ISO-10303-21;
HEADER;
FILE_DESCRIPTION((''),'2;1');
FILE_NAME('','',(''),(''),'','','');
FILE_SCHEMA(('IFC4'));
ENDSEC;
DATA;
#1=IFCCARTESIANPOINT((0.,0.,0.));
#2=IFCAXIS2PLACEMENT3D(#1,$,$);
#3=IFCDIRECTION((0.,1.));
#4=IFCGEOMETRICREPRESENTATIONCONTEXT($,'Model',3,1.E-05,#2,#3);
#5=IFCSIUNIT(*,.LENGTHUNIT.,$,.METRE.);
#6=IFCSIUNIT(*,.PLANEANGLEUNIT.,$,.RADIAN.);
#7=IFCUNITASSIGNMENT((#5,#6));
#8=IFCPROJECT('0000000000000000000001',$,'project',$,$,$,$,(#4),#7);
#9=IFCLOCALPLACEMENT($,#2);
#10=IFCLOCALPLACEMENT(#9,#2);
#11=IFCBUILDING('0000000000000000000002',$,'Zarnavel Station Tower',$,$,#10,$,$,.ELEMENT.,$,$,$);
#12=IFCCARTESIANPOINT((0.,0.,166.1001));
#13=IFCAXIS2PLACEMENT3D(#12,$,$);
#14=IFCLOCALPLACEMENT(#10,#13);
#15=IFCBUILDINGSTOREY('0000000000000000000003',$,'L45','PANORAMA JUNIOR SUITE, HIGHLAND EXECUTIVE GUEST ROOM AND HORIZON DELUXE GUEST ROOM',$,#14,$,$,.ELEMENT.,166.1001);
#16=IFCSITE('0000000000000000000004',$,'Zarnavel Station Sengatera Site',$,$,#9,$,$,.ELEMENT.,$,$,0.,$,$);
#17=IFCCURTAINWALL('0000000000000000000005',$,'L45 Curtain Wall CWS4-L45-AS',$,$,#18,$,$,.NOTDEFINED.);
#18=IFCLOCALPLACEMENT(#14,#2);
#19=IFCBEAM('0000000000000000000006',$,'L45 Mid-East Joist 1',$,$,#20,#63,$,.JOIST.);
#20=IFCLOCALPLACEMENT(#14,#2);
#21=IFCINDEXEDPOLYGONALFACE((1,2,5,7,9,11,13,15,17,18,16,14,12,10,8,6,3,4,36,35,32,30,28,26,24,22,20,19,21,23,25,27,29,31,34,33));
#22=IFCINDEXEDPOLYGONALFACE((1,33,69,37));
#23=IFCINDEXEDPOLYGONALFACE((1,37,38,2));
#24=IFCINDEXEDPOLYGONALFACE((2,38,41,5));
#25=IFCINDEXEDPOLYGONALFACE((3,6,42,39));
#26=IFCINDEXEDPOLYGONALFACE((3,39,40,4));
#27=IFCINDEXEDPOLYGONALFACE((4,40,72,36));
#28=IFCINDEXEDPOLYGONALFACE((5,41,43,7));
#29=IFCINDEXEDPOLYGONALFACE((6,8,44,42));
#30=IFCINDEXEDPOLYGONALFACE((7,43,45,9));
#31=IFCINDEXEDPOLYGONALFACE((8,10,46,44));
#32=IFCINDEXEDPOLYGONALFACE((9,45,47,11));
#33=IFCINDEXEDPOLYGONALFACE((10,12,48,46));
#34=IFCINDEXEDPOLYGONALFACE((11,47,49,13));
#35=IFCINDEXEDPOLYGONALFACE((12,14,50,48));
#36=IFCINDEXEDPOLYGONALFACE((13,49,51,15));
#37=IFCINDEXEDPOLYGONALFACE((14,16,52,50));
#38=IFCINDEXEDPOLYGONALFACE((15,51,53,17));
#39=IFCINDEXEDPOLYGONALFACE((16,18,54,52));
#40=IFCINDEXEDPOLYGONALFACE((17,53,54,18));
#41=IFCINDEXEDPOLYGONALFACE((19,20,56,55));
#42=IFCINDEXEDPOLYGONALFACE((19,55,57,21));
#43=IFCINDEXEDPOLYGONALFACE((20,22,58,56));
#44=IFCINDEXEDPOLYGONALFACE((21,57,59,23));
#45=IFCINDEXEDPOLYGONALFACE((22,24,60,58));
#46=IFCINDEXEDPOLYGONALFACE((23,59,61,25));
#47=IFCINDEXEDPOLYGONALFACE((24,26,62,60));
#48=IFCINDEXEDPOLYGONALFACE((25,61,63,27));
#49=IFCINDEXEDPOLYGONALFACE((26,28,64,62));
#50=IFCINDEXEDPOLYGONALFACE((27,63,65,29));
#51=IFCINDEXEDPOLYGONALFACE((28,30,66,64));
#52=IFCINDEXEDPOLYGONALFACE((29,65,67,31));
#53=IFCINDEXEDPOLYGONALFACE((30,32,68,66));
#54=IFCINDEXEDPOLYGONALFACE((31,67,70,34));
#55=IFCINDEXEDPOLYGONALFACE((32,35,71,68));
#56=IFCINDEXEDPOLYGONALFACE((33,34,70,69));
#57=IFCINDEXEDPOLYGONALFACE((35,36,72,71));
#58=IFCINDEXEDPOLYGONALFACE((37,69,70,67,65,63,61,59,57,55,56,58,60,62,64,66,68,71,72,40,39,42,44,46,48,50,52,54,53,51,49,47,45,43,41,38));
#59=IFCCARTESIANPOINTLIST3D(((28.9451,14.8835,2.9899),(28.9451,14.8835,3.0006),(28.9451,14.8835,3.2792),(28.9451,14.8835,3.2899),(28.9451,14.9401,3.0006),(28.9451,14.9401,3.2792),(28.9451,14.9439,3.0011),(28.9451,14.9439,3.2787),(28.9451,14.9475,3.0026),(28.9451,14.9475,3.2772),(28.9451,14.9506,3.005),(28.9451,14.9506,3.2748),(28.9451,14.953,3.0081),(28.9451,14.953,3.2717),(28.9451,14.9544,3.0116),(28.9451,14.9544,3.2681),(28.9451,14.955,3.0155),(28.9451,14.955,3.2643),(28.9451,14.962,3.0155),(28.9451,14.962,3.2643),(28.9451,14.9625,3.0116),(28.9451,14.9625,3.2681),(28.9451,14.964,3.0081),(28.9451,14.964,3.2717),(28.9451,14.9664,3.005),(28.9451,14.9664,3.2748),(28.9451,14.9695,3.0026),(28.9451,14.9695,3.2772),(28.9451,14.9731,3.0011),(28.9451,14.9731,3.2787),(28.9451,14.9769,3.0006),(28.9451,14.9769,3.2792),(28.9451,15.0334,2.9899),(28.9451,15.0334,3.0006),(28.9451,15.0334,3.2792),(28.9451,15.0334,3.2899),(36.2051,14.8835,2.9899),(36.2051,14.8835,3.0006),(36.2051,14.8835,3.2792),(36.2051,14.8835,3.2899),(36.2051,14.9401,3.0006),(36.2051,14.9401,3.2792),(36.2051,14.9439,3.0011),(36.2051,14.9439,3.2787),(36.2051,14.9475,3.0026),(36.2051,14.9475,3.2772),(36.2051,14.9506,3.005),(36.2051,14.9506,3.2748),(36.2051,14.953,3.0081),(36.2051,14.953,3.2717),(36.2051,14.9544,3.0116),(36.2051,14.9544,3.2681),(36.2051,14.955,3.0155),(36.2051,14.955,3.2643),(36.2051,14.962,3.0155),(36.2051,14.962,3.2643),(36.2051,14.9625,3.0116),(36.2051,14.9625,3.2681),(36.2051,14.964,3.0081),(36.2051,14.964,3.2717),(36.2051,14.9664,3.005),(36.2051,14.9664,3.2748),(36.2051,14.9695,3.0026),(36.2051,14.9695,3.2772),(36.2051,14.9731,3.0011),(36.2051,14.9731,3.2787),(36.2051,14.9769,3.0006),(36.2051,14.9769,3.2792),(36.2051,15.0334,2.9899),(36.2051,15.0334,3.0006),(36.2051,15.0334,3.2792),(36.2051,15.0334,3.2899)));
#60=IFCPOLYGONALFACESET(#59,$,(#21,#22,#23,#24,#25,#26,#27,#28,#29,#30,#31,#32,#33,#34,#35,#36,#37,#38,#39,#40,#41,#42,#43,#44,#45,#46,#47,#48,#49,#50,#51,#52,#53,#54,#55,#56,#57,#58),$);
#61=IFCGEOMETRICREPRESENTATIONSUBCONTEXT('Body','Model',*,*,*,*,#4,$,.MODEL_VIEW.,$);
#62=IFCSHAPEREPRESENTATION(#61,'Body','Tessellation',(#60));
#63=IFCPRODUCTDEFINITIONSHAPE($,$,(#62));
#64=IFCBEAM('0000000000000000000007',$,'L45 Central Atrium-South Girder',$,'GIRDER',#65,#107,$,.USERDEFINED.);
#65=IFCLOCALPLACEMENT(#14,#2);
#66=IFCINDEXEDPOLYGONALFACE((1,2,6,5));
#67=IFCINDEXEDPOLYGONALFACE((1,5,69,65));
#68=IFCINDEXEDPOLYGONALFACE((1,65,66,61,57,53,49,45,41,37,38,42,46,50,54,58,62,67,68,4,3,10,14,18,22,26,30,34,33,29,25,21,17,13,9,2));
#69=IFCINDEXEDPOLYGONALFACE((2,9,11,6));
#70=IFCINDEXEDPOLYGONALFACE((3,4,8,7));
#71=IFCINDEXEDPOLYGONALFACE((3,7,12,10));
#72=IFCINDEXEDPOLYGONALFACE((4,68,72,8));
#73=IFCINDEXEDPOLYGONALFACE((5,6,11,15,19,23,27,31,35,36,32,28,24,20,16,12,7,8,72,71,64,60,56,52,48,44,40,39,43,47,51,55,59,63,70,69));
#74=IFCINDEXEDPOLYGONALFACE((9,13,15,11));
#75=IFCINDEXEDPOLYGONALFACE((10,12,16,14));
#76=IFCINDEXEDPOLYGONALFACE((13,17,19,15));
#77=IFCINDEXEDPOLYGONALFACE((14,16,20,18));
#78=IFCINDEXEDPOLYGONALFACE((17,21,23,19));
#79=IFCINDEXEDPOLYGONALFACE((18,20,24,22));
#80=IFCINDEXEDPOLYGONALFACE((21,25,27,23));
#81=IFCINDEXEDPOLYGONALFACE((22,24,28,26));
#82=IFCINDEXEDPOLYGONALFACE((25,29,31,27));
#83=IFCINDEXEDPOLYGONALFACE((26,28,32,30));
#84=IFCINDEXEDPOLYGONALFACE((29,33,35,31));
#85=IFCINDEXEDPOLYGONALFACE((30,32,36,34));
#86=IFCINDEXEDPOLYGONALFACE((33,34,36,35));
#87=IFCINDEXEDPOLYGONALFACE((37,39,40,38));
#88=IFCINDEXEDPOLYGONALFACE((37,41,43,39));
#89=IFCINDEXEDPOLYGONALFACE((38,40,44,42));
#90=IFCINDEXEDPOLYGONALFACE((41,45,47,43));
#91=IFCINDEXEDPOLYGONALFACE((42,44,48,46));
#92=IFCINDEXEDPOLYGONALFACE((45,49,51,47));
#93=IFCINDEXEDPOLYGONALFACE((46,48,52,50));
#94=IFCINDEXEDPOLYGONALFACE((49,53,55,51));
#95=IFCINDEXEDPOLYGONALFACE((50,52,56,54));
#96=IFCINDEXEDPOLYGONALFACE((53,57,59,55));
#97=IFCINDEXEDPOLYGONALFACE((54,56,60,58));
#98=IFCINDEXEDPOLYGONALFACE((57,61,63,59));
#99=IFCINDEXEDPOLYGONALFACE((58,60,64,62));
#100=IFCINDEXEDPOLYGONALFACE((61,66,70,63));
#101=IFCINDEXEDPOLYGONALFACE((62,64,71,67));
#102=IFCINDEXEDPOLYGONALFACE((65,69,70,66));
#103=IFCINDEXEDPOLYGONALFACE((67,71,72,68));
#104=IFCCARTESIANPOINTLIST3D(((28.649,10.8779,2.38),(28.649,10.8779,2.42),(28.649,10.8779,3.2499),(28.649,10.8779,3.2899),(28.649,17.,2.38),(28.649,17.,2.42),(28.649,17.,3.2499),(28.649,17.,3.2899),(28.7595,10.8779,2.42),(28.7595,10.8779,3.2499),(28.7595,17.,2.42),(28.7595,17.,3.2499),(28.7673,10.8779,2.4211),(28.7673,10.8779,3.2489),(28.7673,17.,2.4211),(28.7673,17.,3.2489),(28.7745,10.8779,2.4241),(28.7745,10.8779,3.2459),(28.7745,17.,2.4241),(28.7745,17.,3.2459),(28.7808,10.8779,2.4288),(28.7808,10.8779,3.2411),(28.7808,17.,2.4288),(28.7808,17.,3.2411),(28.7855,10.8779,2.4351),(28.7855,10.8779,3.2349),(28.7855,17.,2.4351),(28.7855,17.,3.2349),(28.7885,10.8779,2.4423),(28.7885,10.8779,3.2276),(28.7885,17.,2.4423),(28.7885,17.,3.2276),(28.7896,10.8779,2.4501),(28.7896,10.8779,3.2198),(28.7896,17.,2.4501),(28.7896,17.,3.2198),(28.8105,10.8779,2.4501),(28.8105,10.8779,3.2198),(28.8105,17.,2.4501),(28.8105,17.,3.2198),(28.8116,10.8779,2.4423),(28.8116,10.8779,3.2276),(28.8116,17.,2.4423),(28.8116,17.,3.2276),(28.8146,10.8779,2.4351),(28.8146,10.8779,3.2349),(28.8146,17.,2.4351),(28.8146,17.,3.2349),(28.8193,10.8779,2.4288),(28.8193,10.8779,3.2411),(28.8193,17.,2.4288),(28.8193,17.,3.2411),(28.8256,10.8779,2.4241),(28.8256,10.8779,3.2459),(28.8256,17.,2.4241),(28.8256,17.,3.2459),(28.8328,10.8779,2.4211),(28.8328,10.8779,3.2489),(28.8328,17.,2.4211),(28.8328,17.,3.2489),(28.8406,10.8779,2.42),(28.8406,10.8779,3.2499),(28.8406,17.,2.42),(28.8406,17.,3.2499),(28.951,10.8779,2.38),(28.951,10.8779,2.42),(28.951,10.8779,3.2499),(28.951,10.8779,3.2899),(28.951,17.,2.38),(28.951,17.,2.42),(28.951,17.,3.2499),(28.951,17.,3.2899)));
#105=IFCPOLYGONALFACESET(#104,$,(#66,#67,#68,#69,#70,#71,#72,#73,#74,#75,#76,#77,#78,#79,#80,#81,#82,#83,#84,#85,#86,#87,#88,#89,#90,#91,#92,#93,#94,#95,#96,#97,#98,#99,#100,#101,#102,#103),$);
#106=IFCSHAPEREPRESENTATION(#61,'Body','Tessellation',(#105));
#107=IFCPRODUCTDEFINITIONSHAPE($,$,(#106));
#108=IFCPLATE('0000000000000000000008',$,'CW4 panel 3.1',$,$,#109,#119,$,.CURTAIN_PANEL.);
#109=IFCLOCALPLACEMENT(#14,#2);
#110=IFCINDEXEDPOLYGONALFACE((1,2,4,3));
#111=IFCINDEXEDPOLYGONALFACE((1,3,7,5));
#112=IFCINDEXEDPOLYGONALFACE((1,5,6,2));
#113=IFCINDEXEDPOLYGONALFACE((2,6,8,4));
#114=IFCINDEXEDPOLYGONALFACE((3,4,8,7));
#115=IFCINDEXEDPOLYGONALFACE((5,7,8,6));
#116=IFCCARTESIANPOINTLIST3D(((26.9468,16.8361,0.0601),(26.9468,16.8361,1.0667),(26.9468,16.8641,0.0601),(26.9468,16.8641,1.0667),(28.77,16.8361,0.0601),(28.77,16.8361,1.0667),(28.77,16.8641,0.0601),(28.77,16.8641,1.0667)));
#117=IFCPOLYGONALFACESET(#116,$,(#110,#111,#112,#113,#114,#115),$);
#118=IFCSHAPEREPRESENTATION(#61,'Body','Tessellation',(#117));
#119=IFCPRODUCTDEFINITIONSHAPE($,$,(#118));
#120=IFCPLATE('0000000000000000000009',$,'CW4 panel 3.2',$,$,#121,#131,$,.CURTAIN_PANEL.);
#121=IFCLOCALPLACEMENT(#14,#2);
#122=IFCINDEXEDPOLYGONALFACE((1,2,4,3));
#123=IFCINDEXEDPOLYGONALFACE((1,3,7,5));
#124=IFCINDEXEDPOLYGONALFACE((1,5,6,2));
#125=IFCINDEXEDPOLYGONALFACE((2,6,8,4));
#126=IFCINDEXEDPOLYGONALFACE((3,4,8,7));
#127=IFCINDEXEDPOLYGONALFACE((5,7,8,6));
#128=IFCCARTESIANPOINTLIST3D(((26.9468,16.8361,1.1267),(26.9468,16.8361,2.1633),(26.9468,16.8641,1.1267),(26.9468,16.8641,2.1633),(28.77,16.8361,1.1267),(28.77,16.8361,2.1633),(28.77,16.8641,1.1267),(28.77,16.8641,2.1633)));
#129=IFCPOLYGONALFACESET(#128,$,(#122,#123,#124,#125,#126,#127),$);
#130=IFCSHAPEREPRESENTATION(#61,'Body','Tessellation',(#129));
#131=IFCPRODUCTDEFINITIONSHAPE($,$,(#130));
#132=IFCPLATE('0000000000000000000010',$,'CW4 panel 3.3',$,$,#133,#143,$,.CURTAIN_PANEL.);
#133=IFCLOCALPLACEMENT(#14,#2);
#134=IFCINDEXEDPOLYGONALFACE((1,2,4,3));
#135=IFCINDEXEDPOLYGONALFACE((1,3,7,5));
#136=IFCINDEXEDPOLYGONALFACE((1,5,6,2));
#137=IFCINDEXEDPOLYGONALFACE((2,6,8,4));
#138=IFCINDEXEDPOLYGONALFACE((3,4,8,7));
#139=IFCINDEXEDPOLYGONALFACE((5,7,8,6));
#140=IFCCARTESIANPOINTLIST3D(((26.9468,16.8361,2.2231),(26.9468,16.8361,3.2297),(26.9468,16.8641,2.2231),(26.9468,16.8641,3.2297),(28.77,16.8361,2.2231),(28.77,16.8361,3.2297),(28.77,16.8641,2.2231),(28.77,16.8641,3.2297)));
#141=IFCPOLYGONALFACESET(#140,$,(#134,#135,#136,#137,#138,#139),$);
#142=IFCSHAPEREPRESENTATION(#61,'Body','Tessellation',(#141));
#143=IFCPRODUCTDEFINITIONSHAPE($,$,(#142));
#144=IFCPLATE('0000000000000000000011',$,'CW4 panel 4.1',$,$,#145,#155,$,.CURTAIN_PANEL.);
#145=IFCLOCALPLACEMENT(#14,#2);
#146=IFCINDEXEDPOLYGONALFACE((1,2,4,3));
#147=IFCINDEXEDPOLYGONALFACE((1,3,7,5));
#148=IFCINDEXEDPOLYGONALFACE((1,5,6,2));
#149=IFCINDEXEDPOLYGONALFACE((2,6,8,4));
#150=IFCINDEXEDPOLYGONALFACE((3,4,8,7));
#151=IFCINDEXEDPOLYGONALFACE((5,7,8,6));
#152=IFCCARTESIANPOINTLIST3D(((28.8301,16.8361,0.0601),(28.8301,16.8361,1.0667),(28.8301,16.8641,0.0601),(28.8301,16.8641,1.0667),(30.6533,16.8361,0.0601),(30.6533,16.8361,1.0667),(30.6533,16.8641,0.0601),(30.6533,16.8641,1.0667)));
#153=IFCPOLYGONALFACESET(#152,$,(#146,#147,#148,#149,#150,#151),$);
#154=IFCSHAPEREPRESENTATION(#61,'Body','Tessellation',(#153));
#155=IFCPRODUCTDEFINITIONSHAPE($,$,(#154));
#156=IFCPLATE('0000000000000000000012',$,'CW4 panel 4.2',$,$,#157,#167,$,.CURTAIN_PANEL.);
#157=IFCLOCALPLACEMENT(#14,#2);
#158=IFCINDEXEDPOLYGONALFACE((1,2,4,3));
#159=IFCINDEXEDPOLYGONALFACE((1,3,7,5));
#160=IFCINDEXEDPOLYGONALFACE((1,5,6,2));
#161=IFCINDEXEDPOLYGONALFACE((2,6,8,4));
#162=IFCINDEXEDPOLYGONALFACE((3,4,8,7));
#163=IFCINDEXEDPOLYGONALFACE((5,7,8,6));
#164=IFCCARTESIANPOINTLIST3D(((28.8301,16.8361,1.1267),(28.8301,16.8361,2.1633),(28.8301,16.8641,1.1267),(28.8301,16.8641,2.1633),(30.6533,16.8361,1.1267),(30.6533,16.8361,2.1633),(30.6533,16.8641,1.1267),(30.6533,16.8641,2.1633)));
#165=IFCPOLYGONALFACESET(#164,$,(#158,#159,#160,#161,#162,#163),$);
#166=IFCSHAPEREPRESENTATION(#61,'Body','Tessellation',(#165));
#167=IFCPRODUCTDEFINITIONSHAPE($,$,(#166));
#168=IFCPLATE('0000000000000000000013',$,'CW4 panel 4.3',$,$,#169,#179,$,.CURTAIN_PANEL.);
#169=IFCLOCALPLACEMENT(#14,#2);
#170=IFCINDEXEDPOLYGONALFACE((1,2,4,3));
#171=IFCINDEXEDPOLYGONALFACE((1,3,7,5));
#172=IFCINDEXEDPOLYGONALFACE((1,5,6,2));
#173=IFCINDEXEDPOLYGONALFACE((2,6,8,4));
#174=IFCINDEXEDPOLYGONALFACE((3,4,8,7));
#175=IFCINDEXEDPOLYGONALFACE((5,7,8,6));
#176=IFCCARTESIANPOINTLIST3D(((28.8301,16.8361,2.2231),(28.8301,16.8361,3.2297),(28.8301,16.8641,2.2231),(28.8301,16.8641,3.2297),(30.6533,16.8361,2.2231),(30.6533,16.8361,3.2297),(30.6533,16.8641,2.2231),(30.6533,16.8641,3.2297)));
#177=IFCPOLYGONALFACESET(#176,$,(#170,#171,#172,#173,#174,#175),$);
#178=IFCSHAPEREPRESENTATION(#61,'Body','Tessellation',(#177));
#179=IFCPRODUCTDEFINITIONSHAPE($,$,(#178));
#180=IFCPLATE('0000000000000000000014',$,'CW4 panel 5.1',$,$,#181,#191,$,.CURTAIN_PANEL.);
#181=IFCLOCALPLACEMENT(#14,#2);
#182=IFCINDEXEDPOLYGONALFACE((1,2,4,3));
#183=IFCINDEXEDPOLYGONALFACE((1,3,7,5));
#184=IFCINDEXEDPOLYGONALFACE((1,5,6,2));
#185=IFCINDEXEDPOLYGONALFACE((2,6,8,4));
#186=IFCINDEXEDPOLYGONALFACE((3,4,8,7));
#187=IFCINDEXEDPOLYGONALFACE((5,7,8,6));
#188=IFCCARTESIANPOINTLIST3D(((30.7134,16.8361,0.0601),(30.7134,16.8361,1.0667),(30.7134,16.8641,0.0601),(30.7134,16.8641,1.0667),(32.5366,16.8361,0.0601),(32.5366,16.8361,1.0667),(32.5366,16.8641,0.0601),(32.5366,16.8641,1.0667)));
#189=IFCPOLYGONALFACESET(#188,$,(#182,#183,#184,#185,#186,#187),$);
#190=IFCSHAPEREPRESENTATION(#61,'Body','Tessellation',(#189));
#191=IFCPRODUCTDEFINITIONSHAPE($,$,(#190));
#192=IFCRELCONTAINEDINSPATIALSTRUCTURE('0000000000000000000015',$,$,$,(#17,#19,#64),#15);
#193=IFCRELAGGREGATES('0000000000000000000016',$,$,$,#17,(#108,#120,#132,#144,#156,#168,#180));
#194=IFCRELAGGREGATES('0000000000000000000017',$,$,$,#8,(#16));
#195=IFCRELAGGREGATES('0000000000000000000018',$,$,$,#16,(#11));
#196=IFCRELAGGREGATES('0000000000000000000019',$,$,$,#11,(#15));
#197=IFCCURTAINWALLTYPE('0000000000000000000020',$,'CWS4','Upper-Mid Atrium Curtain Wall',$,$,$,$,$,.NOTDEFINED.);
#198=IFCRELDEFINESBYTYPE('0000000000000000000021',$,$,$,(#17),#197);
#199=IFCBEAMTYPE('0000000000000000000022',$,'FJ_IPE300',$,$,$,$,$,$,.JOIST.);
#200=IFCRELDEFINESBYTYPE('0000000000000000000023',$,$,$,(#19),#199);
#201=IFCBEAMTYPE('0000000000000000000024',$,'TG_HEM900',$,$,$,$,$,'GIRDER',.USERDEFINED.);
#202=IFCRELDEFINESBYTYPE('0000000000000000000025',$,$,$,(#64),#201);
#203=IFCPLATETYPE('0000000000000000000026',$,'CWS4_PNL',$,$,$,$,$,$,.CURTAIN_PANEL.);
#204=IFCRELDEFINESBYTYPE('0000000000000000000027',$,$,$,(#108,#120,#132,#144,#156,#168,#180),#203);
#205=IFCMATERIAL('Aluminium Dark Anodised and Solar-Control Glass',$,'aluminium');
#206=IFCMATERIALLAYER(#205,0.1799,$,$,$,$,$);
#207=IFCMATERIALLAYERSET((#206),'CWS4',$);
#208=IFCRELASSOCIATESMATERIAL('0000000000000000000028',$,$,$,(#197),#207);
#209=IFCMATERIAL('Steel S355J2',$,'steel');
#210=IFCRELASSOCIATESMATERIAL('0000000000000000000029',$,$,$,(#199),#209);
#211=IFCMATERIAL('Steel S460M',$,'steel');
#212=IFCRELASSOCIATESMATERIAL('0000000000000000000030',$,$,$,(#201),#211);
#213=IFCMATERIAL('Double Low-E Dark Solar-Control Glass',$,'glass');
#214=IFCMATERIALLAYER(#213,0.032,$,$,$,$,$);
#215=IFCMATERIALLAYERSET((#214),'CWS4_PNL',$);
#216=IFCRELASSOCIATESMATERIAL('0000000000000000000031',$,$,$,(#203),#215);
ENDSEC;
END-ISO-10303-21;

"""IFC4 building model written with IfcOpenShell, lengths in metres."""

from ifc_helpers import new_model, si_unit, direction, frame, origin, origin_2d, place, context, subcontext, project, spatial, rectangle, i_section, extrude, material, layer, layer_set, material_profile, profile_set, type_object, element, aggregate, save


model = new_model("IFC4")

# Units and contexts
model_context = context("Model", 3, precision=1e-05, world=origin(), true_north=direction((0.0, 1.0)))
body_context = subcontext(model_context, "Body", "Model", "MODEL_VIEW")
ifc_project = project(units=[si_unit("LENGTHUNIT", "METRE"), si_unit("PLANEANGLEUNIT", "RADIAN")], contexts=[model_context])

# Site, building, storey
site_placement = place(None, origin())
site = spatial("IfcSite", under=ifc_project, at=site_placement, Name="Zarnavel Station Sengatera Site", CompositionType="ELEMENT", RefElevation=0.0)
building_placement = place(site_placement, origin())
building = spatial("IfcBuilding", under=site, at=building_placement, Name="Zarnavel Station Tower", CompositionType="ELEMENT")
storey_placement = place(building_placement, frame((0.0, 0.0, 166.1001)))
storey = spatial("IfcBuildingStorey", under=building, at=storey_placement, Name="L45", Description="PANORAMA JUNIOR SUITE, HIGHLAND EXECUTIVE GUEST ROOM AND HORIZON DELUXE GUEST ROOM", CompositionType="ELEMENT", Elevation=166.1001)

# Curtain wall
ifc_material_1 = material(Name="Aluminium Dark Anodised and Solar-Control Glass", Category="aluminium")
ifc_layer_1 = layer(ifc_material_1, 0.1799)
ifc_layer_set_1 = layer_set([ifc_layer_1], Name="CWS4")
curtain_wall_type = type_object("IfcCurtainWallType", Name="CWS4", Description="Upper-Mid Atrium Curtain Wall", PredefinedType="NOTDEFINED", material=ifc_layer_set_1)
curtain_wall_placement = place(storey_placement, origin())
curtain_wall = element("IfcCurtainWall", 1, at=curtain_wall_placement, inside=storey, type_object=curtain_wall_type, Name="L45 Curtain Wall CWS4-L45-AS", PredefinedType="NOTDEFINED")

# Beams
ifc_material_2 = material(Name="Steel S355J2", Category="steel")
ifc_material_profile_1 = material_profile(ifc_material_2, i_section(OverallWidth=0.1499, OverallDepth=0.3, WebThickness=0.0071, FlangeThickness=0.0107, FilletRadius=0.0149, at=origin_2d()), Name="IPE300")
ifc_profile_set_1 = profile_set([ifc_material_profile_1], Name="Steel S355J2")
beam_type_1 = type_object("IfcBeamType", Name="FJ_IPE300", PredefinedType="JOIST", material=ifc_profile_set_1)
beam_1_placement = place(storey_placement, frame((28.9451, 14.9585, 3.1399), z_axis=(1.0, 0.0, 0.0), x_axis=(0.0, 1.0, 0.0)))
element("IfcBeam", 2, at=beam_1_placement, inside=storey, type_object=beam_type_1, Name="L45 Mid-East Joist 1", PredefinedType="JOIST", context=body_context, shape_type="SweptSolid", body=[
    extrude(i_section(OverallWidth=0.1499, OverallDepth=0.3, WebThickness=0.0071, FlangeThickness=0.0107, FilletRadius=0.0149, at=origin_2d()), origin(), (0.0, 0.0, 1.0), 7.26),
])
ifc_material_3 = material(Name="Steel S460M", Category="steel")
ifc_material_profile_2 = material_profile(ifc_material_3, i_section(OverallWidth=0.302, OverallDepth=0.9099, WebThickness=0.021, FlangeThickness=0.04, FilletRadius=0.03, at=origin_2d()), Name="HEM900")
ifc_profile_set_2 = profile_set([ifc_material_profile_2], Name="Steel S460M")
beam_type_2 = type_object("IfcBeamType", Name="TG_HEM900", ElementType="GIRDER", PredefinedType="USERDEFINED", material=ifc_profile_set_2)
beam_2_placement = place(storey_placement, frame((28.8, 10.8779, 2.835), z_axis=(0.0, 1.0, 0.0), x_axis=(-1.0, 0.0, 0.0)))
element("IfcBeam", 3, at=beam_2_placement, inside=storey, type_object=beam_type_2, Name="L45 Central Atrium-South Girder", ObjectType="GIRDER", PredefinedType="USERDEFINED", context=body_context, shape_type="SweptSolid", body=[
    extrude(i_section(OverallWidth=0.302, OverallDepth=0.9099, WebThickness=0.021, FlangeThickness=0.04, FilletRadius=0.03, at=origin_2d()), origin(), (0.0, 0.0, 1.0), 6.1221),
])

# Plates
ifc_material_4 = material(Name="Double Low-E Dark Solar-Control Glass", Category="glass")
ifc_layer_2 = layer(ifc_material_4, 0.032)
ifc_layer_set_2 = layer_set([ifc_layer_2], Name="CWS4_PNL")
plate_type = type_object("IfcPlateType", Name="CWS4_PNL", PredefinedType="CURTAIN_PANEL", material=ifc_layer_set_2)
plate_1_placement = place(storey_placement, frame((27.8584, 16.8501, 0.0601), z_axis=(0.0, 0.0, 1.0), x_axis=(1.0, 0.0, 0.0)))
plate_1 = element("IfcPlate", 4, at=plate_1_placement, type_object=plate_type, Name="CW4 panel 3.1", PredefinedType="CURTAIN_PANEL", context=body_context, shape_type="SweptSolid", body=[
    extrude(rectangle(XDim=1.8232, YDim=0.0281, at=origin_2d()), origin(), (0.0, 0.0, 1.0), 1.0066),
])
plate_2_placement = place(storey_placement, frame((27.8584, 16.8501, 1.1267), z_axis=(0.0, 0.0, 1.0), x_axis=(1.0, 0.0, 0.0)))
plate_2 = element("IfcPlate", 5, at=plate_2_placement, type_object=plate_type, Name="CW4 panel 3.2", PredefinedType="CURTAIN_PANEL", context=body_context, shape_type="SweptSolid", body=[
    extrude(rectangle(XDim=1.8232, YDim=0.0281, at=origin_2d()), origin(), (0.0, 0.0, 1.0), 1.0366),
])
plate_3_placement = place(storey_placement, frame((27.8584, 16.8501, 2.2231), z_axis=(0.0, 0.0, 1.0), x_axis=(1.0, 0.0, 0.0)))
plate_3 = element("IfcPlate", 6, at=plate_3_placement, type_object=plate_type, Name="CW4 panel 3.3", PredefinedType="CURTAIN_PANEL", context=body_context, shape_type="SweptSolid", body=[
    extrude(rectangle(XDim=1.8232, YDim=0.0281, at=origin_2d()), origin(), (0.0, 0.0, 1.0), 1.0066),
])
plate_4_placement = place(storey_placement, frame((29.7417, 16.8501, 0.0601), z_axis=(0.0, 0.0, 1.0), x_axis=(1.0, 0.0, 0.0)))
plate_4 = element("IfcPlate", 7, at=plate_4_placement, type_object=plate_type, Name="CW4 panel 4.1", PredefinedType="CURTAIN_PANEL", context=body_context, shape_type="SweptSolid", body=[
    extrude(rectangle(XDim=1.8232, YDim=0.0281, at=origin_2d()), origin(), (0.0, 0.0, 1.0), 1.0066),
])
plate_5_placement = place(storey_placement, frame((29.7417, 16.8501, 1.1267), z_axis=(0.0, 0.0, 1.0), x_axis=(1.0, 0.0, 0.0)))
plate_5 = element("IfcPlate", 8, at=plate_5_placement, type_object=plate_type, Name="CW4 panel 4.2", PredefinedType="CURTAIN_PANEL", context=body_context, shape_type="SweptSolid", body=[
    extrude(rectangle(XDim=1.8232, YDim=0.0281, at=origin_2d()), origin(), (0.0, 0.0, 1.0), 1.0366),
])
plate_6_placement = place(storey_placement, frame((29.7417, 16.8501, 2.2231), z_axis=(0.0, 0.0, 1.0), x_axis=(1.0, 0.0, 0.0)))
plate_6 = element("IfcPlate", 9, at=plate_6_placement, type_object=plate_type, Name="CW4 panel 4.3", PredefinedType="CURTAIN_PANEL", context=body_context, shape_type="SweptSolid", body=[
    extrude(rectangle(XDim=1.8232, YDim=0.0281, at=origin_2d()), origin(), (0.0, 0.0, 1.0), 1.0066),
])
plate_7_placement = place(storey_placement, frame((31.625, 16.8501, 0.0601), z_axis=(0.0, 0.0, 1.0), x_axis=(1.0, 0.0, 0.0)))
plate_7 = element("IfcPlate", 10, at=plate_7_placement, type_object=plate_type, Name="CW4 panel 5.1", PredefinedType="CURTAIN_PANEL", context=body_context, shape_type="SweptSolid", body=[
    extrude(rectangle(XDim=1.8232, YDim=0.0281, at=origin_2d()), origin(), (0.0, 0.0, 1.0), 1.0066),
])
aggregate(curtain_wall, [plate_1, plate_2, plate_3, plate_4, plate_5, plate_6, plate_7])

save(model, "model.ifc")
